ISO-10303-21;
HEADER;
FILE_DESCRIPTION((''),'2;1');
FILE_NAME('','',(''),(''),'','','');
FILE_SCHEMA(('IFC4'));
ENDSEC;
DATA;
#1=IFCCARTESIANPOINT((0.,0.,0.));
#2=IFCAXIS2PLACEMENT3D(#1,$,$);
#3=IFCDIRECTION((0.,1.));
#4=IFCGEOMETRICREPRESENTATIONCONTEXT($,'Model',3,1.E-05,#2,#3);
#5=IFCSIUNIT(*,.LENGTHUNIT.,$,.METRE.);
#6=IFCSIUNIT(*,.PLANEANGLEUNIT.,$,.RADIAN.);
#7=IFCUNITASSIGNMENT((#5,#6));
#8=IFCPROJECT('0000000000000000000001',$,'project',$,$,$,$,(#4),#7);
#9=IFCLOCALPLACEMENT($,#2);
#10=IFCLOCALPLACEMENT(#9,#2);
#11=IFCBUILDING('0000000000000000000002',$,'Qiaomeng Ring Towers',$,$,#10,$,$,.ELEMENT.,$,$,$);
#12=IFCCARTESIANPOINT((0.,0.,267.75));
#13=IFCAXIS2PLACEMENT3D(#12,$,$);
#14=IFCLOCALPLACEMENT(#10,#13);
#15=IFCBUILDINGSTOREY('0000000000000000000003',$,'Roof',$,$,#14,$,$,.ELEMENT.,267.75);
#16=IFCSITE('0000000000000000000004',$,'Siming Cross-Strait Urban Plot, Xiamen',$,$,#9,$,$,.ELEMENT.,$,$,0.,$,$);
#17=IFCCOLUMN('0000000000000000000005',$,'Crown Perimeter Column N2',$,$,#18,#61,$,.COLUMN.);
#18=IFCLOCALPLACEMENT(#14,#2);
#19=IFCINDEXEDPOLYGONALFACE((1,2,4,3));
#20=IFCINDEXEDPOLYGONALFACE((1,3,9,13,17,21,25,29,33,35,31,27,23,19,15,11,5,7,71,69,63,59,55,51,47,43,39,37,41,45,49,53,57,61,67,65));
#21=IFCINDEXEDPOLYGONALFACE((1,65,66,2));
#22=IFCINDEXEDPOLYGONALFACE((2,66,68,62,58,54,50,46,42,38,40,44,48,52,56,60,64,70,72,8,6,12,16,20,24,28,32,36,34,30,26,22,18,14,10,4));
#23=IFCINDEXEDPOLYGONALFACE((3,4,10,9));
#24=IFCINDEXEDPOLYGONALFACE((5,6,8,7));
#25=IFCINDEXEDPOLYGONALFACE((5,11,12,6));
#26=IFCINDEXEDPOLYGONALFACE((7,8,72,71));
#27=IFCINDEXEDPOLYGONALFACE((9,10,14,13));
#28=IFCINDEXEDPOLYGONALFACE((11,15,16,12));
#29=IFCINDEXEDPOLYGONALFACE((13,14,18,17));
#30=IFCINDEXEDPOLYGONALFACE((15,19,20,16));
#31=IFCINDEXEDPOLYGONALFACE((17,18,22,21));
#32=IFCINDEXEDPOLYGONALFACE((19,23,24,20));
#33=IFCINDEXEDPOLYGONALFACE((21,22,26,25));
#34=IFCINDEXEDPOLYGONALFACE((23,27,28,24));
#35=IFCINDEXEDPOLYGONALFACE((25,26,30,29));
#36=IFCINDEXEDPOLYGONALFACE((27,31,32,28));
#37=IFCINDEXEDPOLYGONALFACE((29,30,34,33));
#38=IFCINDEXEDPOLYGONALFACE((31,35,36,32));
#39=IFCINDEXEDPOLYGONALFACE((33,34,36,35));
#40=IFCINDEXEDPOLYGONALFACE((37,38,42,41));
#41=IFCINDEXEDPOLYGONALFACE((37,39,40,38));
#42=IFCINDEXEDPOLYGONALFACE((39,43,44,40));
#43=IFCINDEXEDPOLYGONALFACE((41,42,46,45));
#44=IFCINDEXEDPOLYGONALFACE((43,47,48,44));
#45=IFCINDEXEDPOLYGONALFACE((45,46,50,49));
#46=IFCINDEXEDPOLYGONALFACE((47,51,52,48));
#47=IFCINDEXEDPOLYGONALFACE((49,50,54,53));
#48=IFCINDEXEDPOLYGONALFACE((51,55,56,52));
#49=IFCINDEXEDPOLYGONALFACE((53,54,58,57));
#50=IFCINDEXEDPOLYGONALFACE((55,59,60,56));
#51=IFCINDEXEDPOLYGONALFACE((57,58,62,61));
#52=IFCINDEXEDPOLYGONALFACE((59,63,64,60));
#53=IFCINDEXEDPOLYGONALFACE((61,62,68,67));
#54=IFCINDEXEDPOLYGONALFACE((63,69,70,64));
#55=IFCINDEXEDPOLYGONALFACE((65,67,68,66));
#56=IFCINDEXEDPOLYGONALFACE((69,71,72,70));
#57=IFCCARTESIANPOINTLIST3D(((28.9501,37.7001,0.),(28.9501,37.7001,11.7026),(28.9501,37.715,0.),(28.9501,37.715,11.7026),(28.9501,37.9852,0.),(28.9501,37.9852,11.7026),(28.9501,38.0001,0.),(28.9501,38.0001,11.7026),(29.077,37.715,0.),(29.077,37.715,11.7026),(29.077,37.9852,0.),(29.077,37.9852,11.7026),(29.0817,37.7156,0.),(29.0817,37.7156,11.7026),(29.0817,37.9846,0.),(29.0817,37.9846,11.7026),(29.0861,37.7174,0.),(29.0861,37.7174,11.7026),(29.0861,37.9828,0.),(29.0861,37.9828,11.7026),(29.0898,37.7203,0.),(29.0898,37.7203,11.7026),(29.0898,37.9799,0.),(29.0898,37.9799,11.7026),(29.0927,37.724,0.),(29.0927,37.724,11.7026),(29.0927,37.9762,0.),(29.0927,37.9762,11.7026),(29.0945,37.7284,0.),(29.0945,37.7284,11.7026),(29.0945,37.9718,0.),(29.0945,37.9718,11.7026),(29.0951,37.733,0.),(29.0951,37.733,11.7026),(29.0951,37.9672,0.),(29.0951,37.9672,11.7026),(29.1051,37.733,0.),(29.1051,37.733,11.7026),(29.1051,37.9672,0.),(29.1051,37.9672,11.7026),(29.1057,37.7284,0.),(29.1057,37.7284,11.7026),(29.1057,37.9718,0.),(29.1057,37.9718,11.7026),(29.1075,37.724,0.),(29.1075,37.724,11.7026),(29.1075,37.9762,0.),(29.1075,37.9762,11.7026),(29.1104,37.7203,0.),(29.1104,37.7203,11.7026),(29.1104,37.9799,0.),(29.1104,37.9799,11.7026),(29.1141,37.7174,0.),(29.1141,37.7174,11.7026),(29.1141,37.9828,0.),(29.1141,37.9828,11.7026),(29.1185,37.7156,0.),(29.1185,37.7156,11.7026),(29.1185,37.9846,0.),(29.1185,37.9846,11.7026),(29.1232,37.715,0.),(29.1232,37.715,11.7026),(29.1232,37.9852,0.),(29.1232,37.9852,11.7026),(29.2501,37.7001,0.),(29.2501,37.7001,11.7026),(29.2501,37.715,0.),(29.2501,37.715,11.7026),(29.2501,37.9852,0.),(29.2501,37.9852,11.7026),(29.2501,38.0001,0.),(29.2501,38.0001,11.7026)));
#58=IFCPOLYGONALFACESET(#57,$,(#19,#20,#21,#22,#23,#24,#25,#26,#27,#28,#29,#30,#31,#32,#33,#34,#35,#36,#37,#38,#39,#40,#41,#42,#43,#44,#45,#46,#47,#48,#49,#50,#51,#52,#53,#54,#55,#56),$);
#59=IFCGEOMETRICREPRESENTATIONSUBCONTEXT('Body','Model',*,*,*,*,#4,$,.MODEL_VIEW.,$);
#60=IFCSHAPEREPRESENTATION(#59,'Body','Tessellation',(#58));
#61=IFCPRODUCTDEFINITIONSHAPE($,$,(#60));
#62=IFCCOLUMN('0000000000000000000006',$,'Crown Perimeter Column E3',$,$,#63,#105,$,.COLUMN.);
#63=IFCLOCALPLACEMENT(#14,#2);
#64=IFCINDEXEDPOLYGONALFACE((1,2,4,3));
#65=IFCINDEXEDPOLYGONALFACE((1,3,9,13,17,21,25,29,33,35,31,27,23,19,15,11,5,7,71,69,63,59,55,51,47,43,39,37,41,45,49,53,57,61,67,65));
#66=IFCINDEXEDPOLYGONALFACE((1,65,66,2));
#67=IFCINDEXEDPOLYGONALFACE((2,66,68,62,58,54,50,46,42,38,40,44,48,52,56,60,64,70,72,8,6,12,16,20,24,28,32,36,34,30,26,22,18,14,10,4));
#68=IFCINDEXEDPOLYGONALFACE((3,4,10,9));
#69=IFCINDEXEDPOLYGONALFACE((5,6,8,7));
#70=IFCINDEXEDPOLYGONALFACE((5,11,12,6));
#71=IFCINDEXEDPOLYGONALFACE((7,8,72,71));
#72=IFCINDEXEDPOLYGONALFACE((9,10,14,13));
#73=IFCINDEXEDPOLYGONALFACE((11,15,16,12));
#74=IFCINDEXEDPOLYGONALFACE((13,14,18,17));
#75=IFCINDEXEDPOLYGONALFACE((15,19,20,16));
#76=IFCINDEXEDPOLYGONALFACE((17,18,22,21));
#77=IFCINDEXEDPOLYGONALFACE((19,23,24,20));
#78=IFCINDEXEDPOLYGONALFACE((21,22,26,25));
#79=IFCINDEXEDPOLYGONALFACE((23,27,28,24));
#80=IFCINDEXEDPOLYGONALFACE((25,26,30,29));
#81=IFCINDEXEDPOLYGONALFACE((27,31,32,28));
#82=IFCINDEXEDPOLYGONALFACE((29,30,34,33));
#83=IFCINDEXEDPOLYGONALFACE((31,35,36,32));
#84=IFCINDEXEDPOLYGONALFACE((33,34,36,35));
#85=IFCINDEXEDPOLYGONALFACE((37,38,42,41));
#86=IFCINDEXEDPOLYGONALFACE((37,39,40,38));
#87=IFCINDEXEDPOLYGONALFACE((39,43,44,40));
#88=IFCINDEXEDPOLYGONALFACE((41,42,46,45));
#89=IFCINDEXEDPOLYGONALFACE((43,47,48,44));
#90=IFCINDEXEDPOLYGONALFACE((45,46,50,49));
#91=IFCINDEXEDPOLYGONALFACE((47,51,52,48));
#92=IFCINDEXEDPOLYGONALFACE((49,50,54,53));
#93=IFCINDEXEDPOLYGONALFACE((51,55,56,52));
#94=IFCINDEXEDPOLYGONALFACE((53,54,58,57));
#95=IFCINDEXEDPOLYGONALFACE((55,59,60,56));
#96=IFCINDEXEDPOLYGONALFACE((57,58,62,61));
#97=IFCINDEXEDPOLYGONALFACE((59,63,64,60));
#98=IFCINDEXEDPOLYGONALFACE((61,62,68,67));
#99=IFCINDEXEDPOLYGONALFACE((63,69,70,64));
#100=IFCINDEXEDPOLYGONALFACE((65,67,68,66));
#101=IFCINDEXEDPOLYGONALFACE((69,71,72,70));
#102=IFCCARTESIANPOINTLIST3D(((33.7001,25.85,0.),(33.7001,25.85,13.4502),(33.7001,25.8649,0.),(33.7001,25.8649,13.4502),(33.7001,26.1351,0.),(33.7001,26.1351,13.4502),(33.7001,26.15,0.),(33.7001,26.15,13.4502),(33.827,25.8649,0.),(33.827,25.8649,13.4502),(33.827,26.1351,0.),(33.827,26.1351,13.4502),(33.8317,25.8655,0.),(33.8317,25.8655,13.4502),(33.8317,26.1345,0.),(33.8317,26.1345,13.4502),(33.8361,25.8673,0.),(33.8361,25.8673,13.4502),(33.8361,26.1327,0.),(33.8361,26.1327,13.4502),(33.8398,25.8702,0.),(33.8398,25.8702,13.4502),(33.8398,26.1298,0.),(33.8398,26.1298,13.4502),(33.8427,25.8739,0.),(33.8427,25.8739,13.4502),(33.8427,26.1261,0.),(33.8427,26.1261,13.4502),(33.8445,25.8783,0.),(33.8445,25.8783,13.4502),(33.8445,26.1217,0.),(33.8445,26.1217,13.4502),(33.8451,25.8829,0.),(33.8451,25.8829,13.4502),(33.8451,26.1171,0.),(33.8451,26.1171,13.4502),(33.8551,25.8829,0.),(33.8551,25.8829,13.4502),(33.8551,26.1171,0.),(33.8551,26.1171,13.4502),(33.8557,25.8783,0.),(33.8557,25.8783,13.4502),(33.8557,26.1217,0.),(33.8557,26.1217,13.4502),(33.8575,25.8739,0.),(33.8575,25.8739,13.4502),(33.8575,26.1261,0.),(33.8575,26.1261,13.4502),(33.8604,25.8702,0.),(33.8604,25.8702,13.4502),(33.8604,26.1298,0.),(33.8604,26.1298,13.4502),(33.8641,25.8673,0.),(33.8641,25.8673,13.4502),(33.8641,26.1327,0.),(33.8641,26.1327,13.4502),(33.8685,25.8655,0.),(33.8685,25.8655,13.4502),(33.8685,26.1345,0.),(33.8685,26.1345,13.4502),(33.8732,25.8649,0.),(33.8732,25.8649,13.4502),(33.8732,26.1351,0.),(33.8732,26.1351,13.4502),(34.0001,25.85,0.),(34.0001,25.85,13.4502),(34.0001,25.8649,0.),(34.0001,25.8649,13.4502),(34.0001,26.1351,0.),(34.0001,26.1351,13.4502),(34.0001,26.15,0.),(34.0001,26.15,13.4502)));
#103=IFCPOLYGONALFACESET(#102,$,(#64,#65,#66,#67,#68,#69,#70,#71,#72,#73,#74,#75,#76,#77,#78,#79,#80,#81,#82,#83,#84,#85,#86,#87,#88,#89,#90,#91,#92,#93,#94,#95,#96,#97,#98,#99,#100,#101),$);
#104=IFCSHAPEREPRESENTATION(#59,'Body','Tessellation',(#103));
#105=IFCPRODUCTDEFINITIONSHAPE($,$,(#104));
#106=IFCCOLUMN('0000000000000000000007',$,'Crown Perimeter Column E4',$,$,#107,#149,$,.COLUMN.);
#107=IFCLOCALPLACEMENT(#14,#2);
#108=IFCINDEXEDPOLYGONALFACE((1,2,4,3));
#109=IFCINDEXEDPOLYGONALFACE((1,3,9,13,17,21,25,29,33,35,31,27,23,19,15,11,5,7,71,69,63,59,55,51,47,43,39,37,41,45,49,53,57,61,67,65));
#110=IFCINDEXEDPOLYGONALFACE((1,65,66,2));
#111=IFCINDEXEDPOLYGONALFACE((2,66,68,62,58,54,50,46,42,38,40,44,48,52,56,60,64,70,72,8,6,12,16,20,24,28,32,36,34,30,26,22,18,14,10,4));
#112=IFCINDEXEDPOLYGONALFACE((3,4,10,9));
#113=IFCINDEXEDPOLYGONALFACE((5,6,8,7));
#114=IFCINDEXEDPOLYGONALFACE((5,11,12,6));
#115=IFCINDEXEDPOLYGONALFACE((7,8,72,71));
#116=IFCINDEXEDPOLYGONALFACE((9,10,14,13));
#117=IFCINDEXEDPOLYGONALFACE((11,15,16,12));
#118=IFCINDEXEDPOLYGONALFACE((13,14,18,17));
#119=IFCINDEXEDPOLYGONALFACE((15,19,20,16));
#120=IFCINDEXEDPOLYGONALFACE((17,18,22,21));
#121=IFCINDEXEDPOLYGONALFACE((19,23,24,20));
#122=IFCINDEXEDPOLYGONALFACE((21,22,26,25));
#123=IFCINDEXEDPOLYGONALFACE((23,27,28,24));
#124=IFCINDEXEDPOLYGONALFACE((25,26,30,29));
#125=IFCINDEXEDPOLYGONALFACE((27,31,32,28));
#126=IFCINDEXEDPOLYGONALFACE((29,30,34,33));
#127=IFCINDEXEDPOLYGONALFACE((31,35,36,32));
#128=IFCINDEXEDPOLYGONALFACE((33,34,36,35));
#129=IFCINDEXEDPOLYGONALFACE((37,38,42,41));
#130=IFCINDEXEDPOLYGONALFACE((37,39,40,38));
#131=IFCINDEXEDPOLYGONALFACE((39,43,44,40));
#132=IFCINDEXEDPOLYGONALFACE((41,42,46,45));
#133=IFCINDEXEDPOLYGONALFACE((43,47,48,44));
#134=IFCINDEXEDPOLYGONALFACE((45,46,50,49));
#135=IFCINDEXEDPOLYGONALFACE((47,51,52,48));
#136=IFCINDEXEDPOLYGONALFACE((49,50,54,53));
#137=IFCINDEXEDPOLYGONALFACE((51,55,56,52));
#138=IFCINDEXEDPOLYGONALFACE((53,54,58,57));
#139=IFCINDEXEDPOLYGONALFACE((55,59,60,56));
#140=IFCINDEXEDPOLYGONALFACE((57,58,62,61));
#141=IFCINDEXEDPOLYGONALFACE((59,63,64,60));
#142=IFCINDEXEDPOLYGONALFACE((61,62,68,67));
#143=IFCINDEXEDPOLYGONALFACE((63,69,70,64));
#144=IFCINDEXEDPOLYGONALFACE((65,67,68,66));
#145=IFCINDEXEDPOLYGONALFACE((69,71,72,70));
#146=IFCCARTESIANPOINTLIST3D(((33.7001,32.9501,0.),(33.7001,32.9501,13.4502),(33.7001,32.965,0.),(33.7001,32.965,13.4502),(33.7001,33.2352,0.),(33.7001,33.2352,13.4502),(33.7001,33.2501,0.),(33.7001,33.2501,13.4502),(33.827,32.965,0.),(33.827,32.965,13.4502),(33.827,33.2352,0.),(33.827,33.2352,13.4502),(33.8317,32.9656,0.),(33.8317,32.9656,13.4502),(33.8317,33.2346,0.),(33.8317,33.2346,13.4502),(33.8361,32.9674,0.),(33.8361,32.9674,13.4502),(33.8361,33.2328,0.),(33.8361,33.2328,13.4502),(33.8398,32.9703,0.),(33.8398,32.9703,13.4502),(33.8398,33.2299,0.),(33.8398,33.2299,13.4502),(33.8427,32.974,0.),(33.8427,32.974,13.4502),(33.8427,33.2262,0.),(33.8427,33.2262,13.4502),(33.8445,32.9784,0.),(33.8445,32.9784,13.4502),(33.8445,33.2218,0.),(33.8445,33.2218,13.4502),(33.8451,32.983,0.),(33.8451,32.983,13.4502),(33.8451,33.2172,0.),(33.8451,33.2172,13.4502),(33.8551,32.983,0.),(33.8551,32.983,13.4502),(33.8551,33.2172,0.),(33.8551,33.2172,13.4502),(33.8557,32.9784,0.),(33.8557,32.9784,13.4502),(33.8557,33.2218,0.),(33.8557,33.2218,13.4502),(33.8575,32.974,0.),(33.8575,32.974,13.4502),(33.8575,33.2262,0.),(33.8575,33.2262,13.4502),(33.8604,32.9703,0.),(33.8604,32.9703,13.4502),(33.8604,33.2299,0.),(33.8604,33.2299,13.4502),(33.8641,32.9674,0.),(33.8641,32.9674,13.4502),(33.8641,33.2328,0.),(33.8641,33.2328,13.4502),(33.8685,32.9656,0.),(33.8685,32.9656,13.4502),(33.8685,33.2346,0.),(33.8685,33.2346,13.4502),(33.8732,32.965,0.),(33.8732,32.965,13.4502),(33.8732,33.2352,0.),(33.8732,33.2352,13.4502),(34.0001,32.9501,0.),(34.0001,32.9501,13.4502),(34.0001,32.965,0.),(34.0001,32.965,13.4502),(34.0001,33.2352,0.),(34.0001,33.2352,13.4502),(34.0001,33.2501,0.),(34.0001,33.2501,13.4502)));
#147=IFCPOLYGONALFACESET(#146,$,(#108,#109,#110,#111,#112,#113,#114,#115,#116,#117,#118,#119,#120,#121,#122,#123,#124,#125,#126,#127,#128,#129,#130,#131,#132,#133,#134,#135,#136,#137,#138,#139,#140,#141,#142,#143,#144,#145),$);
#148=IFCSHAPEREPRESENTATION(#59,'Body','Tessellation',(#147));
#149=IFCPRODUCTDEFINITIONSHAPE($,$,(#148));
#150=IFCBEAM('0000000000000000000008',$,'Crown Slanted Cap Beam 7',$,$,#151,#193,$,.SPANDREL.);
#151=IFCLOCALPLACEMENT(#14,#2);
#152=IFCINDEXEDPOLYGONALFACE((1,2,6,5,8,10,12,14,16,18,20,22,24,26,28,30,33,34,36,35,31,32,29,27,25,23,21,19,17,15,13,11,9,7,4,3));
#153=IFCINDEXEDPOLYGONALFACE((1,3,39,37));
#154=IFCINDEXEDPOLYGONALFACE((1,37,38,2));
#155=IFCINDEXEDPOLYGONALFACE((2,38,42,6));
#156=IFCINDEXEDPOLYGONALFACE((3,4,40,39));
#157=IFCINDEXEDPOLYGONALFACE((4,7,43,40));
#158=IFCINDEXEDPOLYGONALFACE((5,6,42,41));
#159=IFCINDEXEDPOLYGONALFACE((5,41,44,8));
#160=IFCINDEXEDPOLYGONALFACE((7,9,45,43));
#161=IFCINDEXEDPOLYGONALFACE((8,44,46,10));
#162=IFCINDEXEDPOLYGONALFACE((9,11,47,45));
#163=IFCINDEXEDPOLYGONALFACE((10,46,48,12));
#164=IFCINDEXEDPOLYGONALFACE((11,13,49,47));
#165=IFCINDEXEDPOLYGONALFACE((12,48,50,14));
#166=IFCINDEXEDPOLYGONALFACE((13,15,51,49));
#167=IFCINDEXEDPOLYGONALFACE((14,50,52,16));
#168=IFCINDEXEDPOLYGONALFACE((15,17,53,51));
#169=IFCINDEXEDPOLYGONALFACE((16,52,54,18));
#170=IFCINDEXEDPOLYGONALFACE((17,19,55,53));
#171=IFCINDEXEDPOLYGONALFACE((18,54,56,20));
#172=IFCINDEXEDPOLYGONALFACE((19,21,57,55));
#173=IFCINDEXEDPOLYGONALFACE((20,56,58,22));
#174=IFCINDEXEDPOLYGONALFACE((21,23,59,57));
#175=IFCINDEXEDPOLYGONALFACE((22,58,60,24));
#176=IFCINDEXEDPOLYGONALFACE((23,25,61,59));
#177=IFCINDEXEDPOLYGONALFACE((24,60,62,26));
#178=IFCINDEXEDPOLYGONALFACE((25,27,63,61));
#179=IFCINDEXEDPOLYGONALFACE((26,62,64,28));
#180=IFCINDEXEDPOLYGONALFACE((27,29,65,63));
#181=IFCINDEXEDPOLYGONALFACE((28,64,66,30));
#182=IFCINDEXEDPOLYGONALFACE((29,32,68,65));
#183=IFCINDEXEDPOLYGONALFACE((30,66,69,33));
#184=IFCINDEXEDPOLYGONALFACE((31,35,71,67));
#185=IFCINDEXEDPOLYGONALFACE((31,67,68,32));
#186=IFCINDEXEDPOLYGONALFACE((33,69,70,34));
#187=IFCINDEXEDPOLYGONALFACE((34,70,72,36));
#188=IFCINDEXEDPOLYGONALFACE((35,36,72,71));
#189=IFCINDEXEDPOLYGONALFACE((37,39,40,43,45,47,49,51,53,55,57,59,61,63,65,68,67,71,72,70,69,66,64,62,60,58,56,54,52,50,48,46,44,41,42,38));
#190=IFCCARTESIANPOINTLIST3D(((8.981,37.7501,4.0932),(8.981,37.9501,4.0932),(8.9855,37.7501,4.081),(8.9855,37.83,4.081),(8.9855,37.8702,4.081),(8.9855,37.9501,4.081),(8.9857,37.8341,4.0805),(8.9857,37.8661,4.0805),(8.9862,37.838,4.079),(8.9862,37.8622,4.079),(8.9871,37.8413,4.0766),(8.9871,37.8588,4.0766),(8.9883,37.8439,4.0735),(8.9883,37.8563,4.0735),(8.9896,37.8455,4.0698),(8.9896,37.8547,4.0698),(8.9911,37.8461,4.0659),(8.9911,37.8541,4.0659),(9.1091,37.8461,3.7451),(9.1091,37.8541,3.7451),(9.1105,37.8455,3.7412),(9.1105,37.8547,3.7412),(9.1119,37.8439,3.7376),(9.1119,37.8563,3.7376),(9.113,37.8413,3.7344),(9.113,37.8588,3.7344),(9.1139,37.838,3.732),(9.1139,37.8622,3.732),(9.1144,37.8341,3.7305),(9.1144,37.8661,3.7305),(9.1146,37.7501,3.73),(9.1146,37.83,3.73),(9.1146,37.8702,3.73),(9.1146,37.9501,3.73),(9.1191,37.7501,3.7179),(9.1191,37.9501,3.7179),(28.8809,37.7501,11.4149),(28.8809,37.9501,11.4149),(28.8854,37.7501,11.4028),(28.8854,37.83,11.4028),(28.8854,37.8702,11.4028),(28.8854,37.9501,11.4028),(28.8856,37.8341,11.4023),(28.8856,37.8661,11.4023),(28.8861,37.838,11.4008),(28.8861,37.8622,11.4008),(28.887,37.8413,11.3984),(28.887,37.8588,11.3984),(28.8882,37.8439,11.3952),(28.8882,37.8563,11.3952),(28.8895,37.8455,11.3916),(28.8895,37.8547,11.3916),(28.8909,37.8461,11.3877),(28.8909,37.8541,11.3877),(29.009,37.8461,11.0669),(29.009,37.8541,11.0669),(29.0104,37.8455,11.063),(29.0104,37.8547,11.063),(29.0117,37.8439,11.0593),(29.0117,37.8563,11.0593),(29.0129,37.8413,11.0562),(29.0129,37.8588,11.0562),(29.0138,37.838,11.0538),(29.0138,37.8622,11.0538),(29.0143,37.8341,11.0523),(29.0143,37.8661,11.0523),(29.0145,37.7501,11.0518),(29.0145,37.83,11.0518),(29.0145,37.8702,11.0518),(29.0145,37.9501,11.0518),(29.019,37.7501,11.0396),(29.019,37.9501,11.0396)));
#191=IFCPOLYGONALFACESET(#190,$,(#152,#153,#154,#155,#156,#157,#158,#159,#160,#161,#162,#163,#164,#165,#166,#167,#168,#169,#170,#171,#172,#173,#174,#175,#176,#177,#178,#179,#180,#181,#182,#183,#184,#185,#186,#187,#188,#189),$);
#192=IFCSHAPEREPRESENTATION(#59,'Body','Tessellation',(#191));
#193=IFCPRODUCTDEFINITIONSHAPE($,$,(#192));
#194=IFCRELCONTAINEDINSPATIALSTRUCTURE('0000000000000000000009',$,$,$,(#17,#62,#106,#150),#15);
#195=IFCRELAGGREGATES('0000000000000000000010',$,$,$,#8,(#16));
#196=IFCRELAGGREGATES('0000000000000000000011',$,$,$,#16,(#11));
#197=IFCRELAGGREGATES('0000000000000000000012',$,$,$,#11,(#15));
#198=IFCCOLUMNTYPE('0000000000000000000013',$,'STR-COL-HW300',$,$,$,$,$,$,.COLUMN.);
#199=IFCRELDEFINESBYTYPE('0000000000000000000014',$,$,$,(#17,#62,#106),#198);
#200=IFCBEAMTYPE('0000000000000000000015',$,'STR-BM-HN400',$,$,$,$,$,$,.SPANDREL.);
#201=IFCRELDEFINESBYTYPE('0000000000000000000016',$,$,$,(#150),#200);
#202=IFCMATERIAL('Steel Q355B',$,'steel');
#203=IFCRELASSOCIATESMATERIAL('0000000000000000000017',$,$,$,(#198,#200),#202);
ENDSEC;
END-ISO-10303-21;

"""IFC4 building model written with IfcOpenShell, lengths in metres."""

from ifc_helpers import new_model, si_unit, direction, frame, origin, origin_2d, place, context, subcontext, project, spatial, i_section, extrude, source, transform, mapped, material, material_profile, profile_set, type_object, element, save


model = new_model("IFC4")

# Units and contexts
model_context = context("Model", 3, precision=1e-05, world=origin(), true_north=direction((0.0, 1.0)))
body_context = subcontext(model_context, "Body", "Model", "MODEL_VIEW")
ifc_project = project(units=[si_unit("LENGTHUNIT", "METRE"), si_unit("PLANEANGLEUNIT", "RADIAN")], contexts=[model_context])

# Site, building, storey
site_placement = place(None, origin())
site = spatial("IfcSite", under=ifc_project, at=site_placement, Name="Siming Cross-Strait Urban Plot, Xiamen", CompositionType="ELEMENT", RefElevation=0.0)
building_placement = place(site_placement, origin())
building = spatial("IfcBuilding", under=site, at=building_placement, Name="Qiaomeng Ring Towers", CompositionType="ELEMENT")
storey_placement = place(building_placement, frame((0.0, 0.0, 267.75)))
storey = spatial("IfcBuildingStorey", under=building, at=storey_placement, Name="Roof", CompositionType="ELEMENT", Elevation=267.75)

# Columns
ifc_material_1 = material(Name="Steel Q355B", Category="steel")
ifc_material_profile_1 = material_profile(ifc_material_1, i_section(OverallWidth=0.3, OverallDepth=0.3, WebThickness=0.01, FlangeThickness=0.0149, FilletRadius=0.0181, at=origin_2d()), Name="HW 300x300x10x15")
ifc_profile_set_1 = profile_set([ifc_material_profile_1], Name="Steel Q355B")
column_type = type_object("IfcColumnType", Name="STR-COL-HW300", PredefinedType="COLUMN", material=ifc_profile_set_1)
shared_shape_1 = source(origin(), body_context, "Body", "SweptSolid", [
    extrude(i_section(OverallWidth=0.3, OverallDepth=0.3, WebThickness=0.01, FlangeThickness=0.0149, FilletRadius=0.0181, at=origin_2d()), origin(), (0.0, 0.0, 1.0), 11.7026),
])
column_placement = place(storey_placement, frame((29.1001, 37.8501, 0.0), z_axis=(0.0, 0.0, 1.0), x_axis=(1.0, 0.0, 0.0)))
element("IfcColumn", 1, at=column_placement, inside=storey, type_object=column_type, Name="Crown Perimeter Column N2", PredefinedType="COLUMN", context=body_context, shape_type="MappedRepresentation", body=[
    mapped(shared_shape_1, transform((0.0, 0.0, 0.0), x_axis=(1.0, 0.0, 0.0), y_axis=(0.0, 1.0, 0.0), z_axis=(0.0, 0.0, 1.0), scale=1.0)),
])
shared_shape_2 = source(origin(), body_context, "Body", "SweptSolid", [
    extrude(i_section(OverallWidth=0.3, OverallDepth=0.3, WebThickness=0.01, FlangeThickness=0.0149, FilletRadius=0.0181, at=origin_2d()), origin(), (0.0, 0.0, 1.0), 13.4502),
])
for number, where, z_axis, x_axis, name in (
    (2, (33.8501, 26.0, 0.0), (0.0, 0.0, 1.0), (1.0, 0.0, 0.0), "Crown Perimeter Column E3"),
    (3, (33.8501, 33.1001, 0.0), (0.0, 0.0, 1.0), (1.0, 0.0, 0.0), "Crown Perimeter Column E4"),
):
    element("IfcColumn", number, at=place(storey_placement, frame(where, z_axis=z_axis, x_axis=x_axis)), inside=storey, type_object=column_type, Name=name, PredefinedType="COLUMN", context=body_context, shape_type="MappedRepresentation", body=[
        mapped(shared_shape_2, transform((0.0, 0.0, 0.0), x_axis=(1.0, 0.0, 0.0), y_axis=(0.0, 1.0, 0.0), z_axis=(0.0, 0.0, 1.0), scale=1.0)),
    ])

# Beam
ifc_material_profile_2 = material_profile(ifc_material_1, i_section(OverallWidth=0.2, OverallDepth=0.3999, WebThickness=0.0081, FlangeThickness=0.0129, FilletRadius=0.0161, at=origin_2d()), Name="HN 400x200x8x13")
ifc_profile_set_2 = profile_set([ifc_material_profile_2], Name="Steel Q355B")
beam_type = type_object("IfcBeamType", Name="STR-BM-HN400", PredefinedType="SPANDREL", material=ifc_profile_set_2)
shared_shape_3 = source(origin(), body_context, "Body", "SweptSolid", [
    extrude(i_section(OverallWidth=0.2, OverallDepth=0.3999, WebThickness=0.0081, FlangeThickness=0.0129, FilletRadius=0.0161, at=origin_2d()), origin(), (0.0, 0.0, 1.0), 21.2041),
])
beam_1_placement = place(storey_placement, frame((28.95, 37.8501, 11.2273), z_axis=(-0.938492, 0.0, -0.3453), x_axis=(0.0, -1.0, 0.0)))
element("IfcBeam", 4, at=beam_1_placement, inside=storey, type_object=beam_type, Name="Crown Slanted Cap Beam 7", PredefinedType="SPANDREL", context=body_context, shape_type="MappedRepresentation", body=[
    mapped(shared_shape_3, transform((0.0, 0.0, 0.0), x_axis=(1.0, 0.0, 0.0), y_axis=(0.0, 1.0, 0.0), z_axis=(0.0, 0.0, 1.0), scale=1.0)),
])

save(model, "model.ifc")
